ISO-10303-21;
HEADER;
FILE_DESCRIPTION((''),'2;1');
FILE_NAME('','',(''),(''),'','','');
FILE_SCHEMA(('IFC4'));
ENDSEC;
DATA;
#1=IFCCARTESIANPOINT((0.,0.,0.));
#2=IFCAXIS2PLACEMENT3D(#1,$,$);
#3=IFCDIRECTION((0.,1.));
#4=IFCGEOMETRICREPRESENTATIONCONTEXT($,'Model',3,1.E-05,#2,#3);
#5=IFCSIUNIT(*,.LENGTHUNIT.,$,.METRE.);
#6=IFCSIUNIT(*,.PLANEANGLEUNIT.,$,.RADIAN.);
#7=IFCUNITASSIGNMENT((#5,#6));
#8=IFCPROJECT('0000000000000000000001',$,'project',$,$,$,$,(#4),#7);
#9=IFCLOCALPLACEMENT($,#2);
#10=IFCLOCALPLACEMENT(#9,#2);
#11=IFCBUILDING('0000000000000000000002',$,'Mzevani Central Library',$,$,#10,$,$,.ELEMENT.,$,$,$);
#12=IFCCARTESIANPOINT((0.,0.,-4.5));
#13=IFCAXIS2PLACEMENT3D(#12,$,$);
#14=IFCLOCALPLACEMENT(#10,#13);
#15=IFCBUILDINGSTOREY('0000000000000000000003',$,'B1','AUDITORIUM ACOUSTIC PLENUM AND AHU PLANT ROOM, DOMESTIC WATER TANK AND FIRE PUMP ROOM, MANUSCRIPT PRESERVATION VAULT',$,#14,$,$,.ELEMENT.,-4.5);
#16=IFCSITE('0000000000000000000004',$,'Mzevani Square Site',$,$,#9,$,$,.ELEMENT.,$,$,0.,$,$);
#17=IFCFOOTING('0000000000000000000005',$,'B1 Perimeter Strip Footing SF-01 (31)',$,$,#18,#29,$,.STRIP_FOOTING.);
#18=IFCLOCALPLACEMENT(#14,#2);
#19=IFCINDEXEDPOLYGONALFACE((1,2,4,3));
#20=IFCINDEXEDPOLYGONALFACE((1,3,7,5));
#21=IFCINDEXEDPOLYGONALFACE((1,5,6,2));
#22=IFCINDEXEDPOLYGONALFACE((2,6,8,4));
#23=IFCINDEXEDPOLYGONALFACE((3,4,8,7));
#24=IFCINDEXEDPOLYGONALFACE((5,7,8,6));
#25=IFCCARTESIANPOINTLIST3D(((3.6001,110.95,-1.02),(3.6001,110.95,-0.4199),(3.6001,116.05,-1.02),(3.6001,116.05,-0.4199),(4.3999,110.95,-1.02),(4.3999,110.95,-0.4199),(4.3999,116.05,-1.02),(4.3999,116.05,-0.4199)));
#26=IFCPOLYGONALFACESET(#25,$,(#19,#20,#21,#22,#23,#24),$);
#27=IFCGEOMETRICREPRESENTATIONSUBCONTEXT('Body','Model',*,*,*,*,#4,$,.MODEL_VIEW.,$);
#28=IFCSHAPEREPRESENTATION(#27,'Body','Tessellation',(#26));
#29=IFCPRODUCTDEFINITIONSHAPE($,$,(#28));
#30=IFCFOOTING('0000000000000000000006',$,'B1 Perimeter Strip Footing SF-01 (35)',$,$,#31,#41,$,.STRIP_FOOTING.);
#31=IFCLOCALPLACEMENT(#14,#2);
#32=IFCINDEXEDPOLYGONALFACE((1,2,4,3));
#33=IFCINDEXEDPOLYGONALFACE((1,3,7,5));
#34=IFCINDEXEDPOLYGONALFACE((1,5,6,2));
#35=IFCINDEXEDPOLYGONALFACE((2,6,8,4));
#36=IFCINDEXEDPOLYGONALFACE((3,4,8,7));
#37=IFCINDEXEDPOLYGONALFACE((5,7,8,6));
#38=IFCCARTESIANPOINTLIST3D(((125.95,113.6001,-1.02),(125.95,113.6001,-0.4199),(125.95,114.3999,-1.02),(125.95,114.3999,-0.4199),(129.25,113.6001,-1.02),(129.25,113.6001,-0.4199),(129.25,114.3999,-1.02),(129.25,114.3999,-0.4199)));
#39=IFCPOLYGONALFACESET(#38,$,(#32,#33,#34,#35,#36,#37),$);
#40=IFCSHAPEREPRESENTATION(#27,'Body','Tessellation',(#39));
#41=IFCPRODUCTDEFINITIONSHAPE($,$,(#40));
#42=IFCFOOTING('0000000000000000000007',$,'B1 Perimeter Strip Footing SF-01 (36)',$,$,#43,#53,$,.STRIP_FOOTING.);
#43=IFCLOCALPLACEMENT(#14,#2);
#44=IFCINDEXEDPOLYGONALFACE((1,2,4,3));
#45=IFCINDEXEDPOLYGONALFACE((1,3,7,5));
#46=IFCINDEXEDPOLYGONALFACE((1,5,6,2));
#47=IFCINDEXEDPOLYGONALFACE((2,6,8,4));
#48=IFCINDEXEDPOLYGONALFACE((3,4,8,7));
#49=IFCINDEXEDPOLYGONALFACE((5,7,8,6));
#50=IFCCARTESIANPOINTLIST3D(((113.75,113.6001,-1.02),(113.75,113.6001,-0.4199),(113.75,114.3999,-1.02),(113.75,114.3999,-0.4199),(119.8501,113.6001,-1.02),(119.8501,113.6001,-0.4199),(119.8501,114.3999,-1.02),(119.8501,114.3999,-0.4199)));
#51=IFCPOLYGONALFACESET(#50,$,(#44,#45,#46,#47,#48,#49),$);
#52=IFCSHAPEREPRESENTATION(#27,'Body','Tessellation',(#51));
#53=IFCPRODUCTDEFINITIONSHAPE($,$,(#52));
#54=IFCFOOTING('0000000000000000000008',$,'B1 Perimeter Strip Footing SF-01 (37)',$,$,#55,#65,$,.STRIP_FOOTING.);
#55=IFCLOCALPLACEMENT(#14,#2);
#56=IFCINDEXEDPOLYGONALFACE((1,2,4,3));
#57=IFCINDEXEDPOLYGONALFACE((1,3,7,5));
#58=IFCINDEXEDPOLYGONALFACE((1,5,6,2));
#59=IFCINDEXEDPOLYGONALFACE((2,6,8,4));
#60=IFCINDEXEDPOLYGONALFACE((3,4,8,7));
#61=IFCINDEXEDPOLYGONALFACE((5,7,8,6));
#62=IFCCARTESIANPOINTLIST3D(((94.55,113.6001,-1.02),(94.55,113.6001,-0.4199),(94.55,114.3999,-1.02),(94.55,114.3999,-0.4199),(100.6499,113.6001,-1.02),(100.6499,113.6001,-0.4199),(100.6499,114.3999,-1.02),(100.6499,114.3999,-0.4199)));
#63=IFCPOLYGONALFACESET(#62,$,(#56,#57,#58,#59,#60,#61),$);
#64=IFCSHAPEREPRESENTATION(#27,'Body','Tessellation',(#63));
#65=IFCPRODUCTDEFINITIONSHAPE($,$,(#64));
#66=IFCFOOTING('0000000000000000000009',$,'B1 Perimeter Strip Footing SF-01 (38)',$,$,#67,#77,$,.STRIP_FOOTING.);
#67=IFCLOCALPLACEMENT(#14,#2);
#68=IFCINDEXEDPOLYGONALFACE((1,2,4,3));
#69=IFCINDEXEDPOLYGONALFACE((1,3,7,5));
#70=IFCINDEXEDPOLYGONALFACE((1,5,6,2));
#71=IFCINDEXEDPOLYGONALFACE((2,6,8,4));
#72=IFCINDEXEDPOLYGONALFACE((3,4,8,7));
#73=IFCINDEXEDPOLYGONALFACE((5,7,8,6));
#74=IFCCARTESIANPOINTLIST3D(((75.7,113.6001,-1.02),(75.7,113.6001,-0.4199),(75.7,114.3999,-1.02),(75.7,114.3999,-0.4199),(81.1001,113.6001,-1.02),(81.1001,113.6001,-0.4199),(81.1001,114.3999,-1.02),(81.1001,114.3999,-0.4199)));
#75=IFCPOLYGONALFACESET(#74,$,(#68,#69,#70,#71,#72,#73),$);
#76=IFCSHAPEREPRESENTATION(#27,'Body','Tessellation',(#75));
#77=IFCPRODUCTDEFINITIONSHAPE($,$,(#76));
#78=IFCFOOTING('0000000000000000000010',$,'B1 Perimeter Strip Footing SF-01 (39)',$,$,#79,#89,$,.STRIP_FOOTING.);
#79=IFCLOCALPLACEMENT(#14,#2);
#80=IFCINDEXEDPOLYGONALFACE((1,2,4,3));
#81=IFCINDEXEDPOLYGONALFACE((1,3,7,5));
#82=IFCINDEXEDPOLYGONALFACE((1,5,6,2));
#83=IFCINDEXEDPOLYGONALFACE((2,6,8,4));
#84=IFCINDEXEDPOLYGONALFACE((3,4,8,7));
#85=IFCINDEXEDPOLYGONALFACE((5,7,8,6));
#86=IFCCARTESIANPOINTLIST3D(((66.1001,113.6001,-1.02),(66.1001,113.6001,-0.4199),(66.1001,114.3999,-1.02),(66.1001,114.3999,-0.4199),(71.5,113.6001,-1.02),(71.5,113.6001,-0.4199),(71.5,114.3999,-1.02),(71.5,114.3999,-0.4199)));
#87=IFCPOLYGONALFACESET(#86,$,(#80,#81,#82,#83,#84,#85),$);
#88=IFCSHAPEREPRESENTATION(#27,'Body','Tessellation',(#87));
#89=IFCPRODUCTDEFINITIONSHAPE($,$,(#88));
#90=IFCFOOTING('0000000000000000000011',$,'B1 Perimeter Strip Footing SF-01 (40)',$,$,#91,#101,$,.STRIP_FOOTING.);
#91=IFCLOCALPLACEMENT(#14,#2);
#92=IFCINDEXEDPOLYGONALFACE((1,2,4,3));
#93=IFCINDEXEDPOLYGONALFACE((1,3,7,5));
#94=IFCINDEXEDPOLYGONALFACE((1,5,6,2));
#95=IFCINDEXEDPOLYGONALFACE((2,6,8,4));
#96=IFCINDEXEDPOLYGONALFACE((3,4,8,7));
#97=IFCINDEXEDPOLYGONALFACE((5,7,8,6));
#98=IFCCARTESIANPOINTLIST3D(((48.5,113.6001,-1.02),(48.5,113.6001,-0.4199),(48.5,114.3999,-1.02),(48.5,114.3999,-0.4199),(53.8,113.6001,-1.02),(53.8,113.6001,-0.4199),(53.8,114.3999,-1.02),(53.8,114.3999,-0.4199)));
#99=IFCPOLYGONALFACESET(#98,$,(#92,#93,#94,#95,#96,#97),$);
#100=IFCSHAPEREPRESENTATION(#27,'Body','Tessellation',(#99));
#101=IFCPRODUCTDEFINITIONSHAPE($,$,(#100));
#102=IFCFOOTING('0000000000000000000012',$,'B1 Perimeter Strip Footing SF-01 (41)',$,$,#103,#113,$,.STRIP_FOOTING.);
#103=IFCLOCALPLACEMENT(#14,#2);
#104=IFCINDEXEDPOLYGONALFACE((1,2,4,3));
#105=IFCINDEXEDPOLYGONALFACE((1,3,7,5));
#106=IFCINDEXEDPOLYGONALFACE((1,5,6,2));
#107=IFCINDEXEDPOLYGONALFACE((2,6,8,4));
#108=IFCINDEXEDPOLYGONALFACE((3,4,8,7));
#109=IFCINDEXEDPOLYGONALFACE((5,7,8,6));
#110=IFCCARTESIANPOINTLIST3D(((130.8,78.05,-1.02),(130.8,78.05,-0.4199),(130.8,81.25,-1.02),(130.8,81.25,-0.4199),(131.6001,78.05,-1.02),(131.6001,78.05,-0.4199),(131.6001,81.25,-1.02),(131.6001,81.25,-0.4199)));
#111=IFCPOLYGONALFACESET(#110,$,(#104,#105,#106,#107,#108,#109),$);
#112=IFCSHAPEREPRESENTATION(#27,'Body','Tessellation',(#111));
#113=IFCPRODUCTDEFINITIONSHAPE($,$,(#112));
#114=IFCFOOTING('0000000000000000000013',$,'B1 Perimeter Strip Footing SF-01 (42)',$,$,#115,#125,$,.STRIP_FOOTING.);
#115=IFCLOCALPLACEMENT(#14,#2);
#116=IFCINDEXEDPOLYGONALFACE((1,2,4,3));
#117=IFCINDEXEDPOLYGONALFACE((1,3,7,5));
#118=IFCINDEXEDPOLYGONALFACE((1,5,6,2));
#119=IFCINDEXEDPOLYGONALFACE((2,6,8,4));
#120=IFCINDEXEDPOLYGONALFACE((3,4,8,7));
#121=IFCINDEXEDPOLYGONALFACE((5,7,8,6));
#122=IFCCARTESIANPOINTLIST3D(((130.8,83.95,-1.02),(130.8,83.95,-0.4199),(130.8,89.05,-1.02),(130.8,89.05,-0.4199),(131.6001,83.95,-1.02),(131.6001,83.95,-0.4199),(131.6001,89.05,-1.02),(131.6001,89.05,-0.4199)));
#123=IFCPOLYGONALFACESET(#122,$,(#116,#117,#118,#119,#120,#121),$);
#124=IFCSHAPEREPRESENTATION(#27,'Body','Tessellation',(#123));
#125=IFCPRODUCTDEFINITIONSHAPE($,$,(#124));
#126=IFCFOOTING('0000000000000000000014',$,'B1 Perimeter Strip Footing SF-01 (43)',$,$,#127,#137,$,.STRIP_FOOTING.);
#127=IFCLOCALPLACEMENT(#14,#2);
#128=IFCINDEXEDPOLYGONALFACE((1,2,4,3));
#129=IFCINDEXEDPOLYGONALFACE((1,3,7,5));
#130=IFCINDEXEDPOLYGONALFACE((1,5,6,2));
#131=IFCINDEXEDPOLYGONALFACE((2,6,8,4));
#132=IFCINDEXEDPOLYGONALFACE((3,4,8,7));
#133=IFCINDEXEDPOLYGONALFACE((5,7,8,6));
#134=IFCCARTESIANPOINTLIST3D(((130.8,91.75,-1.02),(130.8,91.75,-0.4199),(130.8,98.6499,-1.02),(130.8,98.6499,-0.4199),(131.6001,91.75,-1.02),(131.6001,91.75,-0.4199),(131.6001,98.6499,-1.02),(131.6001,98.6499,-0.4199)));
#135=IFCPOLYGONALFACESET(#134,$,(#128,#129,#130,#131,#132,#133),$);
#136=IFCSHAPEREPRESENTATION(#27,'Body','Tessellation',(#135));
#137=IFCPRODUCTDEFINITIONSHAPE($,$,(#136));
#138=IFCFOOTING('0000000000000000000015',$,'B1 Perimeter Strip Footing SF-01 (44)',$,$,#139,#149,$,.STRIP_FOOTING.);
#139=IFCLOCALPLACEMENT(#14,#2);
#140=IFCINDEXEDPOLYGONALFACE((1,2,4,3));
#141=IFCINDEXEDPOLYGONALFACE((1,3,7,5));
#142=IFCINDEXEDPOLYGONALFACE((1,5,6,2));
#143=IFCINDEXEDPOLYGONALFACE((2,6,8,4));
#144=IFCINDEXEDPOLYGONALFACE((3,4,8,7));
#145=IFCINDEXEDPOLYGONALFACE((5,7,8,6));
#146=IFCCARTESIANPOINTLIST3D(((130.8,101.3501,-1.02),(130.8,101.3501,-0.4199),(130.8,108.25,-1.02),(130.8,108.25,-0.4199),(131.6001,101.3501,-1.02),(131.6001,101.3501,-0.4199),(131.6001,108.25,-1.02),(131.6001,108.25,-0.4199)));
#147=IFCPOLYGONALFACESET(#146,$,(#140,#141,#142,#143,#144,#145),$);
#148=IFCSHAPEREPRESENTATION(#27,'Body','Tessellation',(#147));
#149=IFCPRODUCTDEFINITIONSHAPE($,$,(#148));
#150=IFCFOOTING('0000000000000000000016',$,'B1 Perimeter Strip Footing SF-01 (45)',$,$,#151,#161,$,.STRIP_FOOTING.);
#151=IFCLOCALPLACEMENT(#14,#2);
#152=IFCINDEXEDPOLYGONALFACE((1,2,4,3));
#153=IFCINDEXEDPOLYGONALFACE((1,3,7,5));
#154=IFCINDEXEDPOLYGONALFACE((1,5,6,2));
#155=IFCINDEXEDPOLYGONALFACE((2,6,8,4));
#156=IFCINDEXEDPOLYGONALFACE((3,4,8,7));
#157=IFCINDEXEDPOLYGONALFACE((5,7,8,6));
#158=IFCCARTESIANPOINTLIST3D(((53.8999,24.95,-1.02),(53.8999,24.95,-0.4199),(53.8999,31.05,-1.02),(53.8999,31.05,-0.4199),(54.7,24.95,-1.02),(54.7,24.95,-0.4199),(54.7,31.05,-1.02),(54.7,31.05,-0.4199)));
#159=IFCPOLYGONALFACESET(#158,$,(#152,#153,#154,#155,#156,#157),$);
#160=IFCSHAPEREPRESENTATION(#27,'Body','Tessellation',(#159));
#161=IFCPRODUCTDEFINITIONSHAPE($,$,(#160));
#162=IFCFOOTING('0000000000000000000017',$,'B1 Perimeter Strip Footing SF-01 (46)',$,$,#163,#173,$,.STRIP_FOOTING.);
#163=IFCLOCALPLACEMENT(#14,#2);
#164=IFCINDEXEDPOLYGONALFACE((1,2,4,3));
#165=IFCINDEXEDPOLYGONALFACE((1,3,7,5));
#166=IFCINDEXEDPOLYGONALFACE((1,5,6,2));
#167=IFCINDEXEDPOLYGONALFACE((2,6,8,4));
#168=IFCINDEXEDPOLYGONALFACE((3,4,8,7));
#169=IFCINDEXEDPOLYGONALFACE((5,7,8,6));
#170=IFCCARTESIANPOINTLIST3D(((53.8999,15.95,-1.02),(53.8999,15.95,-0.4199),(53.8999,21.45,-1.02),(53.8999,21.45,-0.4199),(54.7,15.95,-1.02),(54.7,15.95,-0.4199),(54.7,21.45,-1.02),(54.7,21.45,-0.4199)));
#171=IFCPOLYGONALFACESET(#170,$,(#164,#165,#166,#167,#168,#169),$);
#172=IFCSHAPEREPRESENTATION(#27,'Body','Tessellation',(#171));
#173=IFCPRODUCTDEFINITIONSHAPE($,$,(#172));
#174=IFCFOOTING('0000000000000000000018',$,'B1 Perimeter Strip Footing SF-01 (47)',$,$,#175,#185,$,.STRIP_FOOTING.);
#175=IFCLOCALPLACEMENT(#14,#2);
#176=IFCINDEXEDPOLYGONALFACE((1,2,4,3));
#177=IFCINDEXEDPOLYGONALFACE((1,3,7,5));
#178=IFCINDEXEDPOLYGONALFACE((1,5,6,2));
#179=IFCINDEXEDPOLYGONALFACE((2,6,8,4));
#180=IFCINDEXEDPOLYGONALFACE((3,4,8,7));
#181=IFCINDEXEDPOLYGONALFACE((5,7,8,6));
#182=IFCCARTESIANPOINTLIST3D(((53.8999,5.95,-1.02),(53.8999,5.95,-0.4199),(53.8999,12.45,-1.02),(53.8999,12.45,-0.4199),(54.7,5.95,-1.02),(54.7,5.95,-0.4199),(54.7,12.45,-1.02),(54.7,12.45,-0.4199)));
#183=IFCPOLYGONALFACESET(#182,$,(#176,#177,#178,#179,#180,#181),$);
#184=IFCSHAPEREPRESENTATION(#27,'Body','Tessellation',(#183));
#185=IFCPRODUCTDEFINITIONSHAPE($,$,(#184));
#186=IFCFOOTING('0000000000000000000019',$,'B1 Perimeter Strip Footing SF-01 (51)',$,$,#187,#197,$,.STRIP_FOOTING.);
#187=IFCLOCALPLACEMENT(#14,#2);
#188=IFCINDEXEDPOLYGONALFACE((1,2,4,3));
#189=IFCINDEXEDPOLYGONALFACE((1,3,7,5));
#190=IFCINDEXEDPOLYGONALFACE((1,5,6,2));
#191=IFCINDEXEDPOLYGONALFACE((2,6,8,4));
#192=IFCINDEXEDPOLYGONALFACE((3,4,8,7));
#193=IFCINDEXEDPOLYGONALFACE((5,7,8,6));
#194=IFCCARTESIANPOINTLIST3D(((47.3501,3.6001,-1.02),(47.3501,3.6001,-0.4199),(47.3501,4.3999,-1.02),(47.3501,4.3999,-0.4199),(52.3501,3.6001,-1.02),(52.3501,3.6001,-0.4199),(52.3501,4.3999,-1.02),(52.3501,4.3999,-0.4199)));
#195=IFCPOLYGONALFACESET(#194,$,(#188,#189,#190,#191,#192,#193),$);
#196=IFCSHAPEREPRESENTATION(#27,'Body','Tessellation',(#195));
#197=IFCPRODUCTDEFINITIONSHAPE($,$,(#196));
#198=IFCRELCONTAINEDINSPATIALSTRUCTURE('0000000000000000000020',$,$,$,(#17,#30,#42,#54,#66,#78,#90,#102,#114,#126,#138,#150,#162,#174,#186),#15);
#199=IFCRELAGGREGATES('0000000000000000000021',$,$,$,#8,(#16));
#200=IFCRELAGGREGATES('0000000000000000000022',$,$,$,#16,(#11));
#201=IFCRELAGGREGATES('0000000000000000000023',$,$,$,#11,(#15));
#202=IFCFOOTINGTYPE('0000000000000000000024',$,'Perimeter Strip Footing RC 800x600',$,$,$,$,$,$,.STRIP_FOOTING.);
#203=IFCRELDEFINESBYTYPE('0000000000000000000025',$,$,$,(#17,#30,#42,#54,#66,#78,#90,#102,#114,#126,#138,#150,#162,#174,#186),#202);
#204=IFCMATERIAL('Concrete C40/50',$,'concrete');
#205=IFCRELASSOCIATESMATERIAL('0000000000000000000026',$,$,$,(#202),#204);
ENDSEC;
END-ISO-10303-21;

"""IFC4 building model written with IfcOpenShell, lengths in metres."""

from ifc_helpers import new_model, si_unit, direction, frame, origin, place, context, subcontext, project, spatial, polyline, outline, extrude, material, type_object, element, save


model = new_model("IFC4")

# Units and contexts
model_context = context("Model", 3, precision=1e-05, world=origin(), true_north=direction((0.0, 1.0)))
body_context = subcontext(model_context, "Body", "Model", "MODEL_VIEW")
ifc_project = project(units=[si_unit("LENGTHUNIT", "METRE"), si_unit("PLANEANGLEUNIT", "RADIAN")], contexts=[model_context])

# Site, building, storey
site_placement = place(None, origin())
site = spatial("IfcSite", under=ifc_project, at=site_placement, Name="Mzevani Square Site", CompositionType="ELEMENT", RefElevation=0.0)
building_placement = place(site_placement, origin())
building = spatial("IfcBuilding", under=site, at=building_placement, Name="Mzevani Central Library", CompositionType="ELEMENT")
storey_placement = place(building_placement, frame((0.0, 0.0, -4.5)))
storey = spatial("IfcBuildingStorey", under=building, at=storey_placement, Name="B1", Description="AUDITORIUM ACOUSTIC PLENUM AND AHU PLANT ROOM, DOMESTIC WATER TANK AND FIRE PUMP ROOM, MANUSCRIPT PRESERVATION VAULT", CompositionType="ELEMENT", Elevation=-4.5)

# Footings
ifc_material = material(Name="Concrete C40/50", Category="concrete")
footing_type_1 = type_object("IfcFootingType", Name="Perimeter Strip Footing RC 800x600", PredefinedType="STRIP_FOOTING", material=ifc_material)
footing_1_placement = place(storey_placement, frame((0.0, 0.0, -1.02)))
element("IfcFooting", 1, at=footing_1_placement, inside=storey, type_object=footing_type_1, Name="B1 Perimeter Strip Footing SF-01 (31)", PredefinedType="STRIP_FOOTING", context=body_context, shape_type="SweptSolid", body=[
    extrude(outline(polyline([(4.3999, 116.05), (4.3999, 110.95), (3.6001, 110.95), (3.6001, 116.05), (4.3999, 116.05)])), origin(), (0.0, 0.0, 1.0), 0.6001),
])
footing_2_placement = place(storey_placement, frame((0.0, 0.0, -1.02)))
element("IfcFooting", 2, at=footing_2_placement, inside=storey, type_object=footing_type_1, Name="B1 Perimeter Strip Footing SF-01 (35)", PredefinedType="STRIP_FOOTING", context=body_context, shape_type="SweptSolid", body=[
    extrude(outline(polyline([(125.95, 114.3999), (129.25, 114.3999), (129.25, 113.6001), (125.95, 113.6001), (125.95, 114.3999)])), origin(), (0.0, 0.0, 1.0), 0.6001),
])
footing_3_placement = place(storey_placement, frame((0.0, 0.0, -1.02)))
element("IfcFooting", 3, at=footing_3_placement, inside=storey, type_object=footing_type_1, Name="B1 Perimeter Strip Footing SF-01 (36)", PredefinedType="STRIP_FOOTING", context=body_context, shape_type="SweptSolid", body=[
    extrude(outline(polyline([(113.75, 114.3999), (119.8501, 114.3999), (119.8501, 113.6001), (113.75, 113.6001), (113.75, 114.3999)])), origin(), (0.0, 0.0, 1.0), 0.6001),
])
footing_4_placement = place(storey_placement, frame((0.0, 0.0, -1.02)))
element("IfcFooting", 4, at=footing_4_placement, inside=storey, type_object=footing_type_1, Name="B1 Perimeter Strip Footing SF-01 (37)", PredefinedType="STRIP_FOOTING", context=body_context, shape_type="SweptSolid", body=[
    extrude(outline(polyline([(94.55, 114.3999), (100.6499, 114.3999), (100.6499, 113.6001), (94.55, 113.6001), (94.55, 114.3999)])), origin(), (0.0, 0.0, 1.0), 0.6001),
])
footing_5_placement = place(storey_placement, frame((0.0, 0.0, -1.02)))
element("IfcFooting", 5, at=footing_5_placement, inside=storey, type_object=footing_type_1, Name="B1 Perimeter Strip Footing SF-01 (38)", PredefinedType="STRIP_FOOTING", context=body_context, shape_type="SweptSolid", body=[
    extrude(outline(polyline([(75.7, 114.3999), (81.1001, 114.3999), (81.1001, 113.6001), (75.7, 113.6001), (75.7, 114.3999)])), origin(), (0.0, 0.0, 1.0), 0.6001),
])
footing_6_placement = place(storey_placement, frame((0.0, 0.0, -1.02)))
element("IfcFooting", 6, at=footing_6_placement, inside=storey, type_object=footing_type_1, Name="B1 Perimeter Strip Footing SF-01 (39)", PredefinedType="STRIP_FOOTING", context=body_context, shape_type="SweptSolid", body=[
    extrude(outline(polyline([(66.1001, 114.3999), (71.5, 114.3999), (71.5, 113.6001), (66.1001, 113.6001), (66.1001, 114.3999)])), origin(), (0.0, 0.0, 1.0), 0.6001),
])
footing_7_placement = place(storey_placement, frame((0.0, 0.0, -1.02)))
element("IfcFooting", 7, at=footing_7_placement, inside=storey, type_object=footing_type_1, Name="B1 Perimeter Strip Footing SF-01 (40)", PredefinedType="STRIP_FOOTING", context=body_context, shape_type="SweptSolid", body=[
    extrude(outline(polyline([(48.5, 114.3999), (53.8, 114.3999), (53.8, 113.6001), (48.5, 113.6001), (48.5, 114.3999)])), origin(), (0.0, 0.0, 1.0), 0.6001),
])
footing_8_placement = place(storey_placement, frame((0.0, 0.0, -1.02)))
element("IfcFooting", 8, at=footing_8_placement, inside=storey, type_object=footing_type_1, Name="B1 Perimeter Strip Footing SF-01 (41)", PredefinedType="STRIP_FOOTING", context=body_context, shape_type="SweptSolid", body=[
    extrude(outline(polyline([(131.6001, 81.25), (131.6001, 78.05), (130.8, 78.05), (130.8, 81.25), (131.6001, 81.25)])), origin(), (0.0, 0.0, 1.0), 0.6001),
])
footing_9_placement = place(storey_placement, frame((0.0, 0.0, -1.02)))
element("IfcFooting", 9, at=footing_9_placement, inside=storey, type_object=footing_type_1, Name="B1 Perimeter Strip Footing SF-01 (42)", PredefinedType="STRIP_FOOTING", context=body_context, shape_type="SweptSolid", body=[
    extrude(outline(polyline([(131.6001, 89.05), (131.6001, 83.95), (130.8, 83.95), (130.8, 89.05), (131.6001, 89.05)])), origin(), (0.0, 0.0, 1.0), 0.6001),
])
footing_10_placement = place(storey_placement, frame((0.0, 0.0, -1.02)))
element("IfcFooting", 10, at=footing_10_placement, inside=storey, type_object=footing_type_1, Name="B1 Perimeter Strip Footing SF-01 (43)", PredefinedType="STRIP_FOOTING", context=body_context, shape_type="SweptSolid", body=[
    extrude(outline(polyline([(131.6001, 98.6499), (131.6001, 91.75), (130.8, 91.75), (130.8, 98.6499), (131.6001, 98.6499)])), origin(), (0.0, 0.0, 1.0), 0.6001),
])
footing_11_placement = place(storey_placement, frame((0.0, 0.0, -1.02)))
element("IfcFooting", 11, at=footing_11_placement, inside=storey, type_object=footing_type_1, Name="B1 Perimeter Strip Footing SF-01 (44)", PredefinedType="STRIP_FOOTING", context=body_context, shape_type="SweptSolid", body=[
    extrude(outline(polyline([(131.6001, 108.25), (131.6001, 101.3501), (130.8, 101.3501), (130.8, 108.25), (131.6001, 108.25)])), origin(), (0.0, 0.0, 1.0), 0.6001),
])
footing_12_placement = place(storey_placement, frame((0.0, 0.0, -1.02)))
element("IfcFooting", 12, at=footing_12_placement, inside=storey, type_object=footing_type_1, Name="B1 Perimeter Strip Footing SF-01 (45)", PredefinedType="STRIP_FOOTING", context=body_context, shape_type="SweptSolid", body=[
    extrude(outline(polyline([(53.8999, 24.95), (53.8999, 31.05), (54.7, 31.05), (54.7, 24.95), (53.8999, 24.95)])), origin(), (0.0, 0.0, 1.0), 0.6001),
])
footing_13_placement = place(storey_placement, frame((0.0, 0.0, -1.02)))
element("IfcFooting", 13, at=footing_13_placement, inside=storey, type_object=footing_type_1, Name="B1 Perimeter Strip Footing SF-01 (46)", PredefinedType="STRIP_FOOTING", context=body_context, shape_type="SweptSolid", body=[
    extrude(outline(polyline([(53.8999, 15.95), (53.8999, 21.45), (54.7, 21.45), (54.7, 15.95), (53.8999, 15.95)])), origin(), (0.0, 0.0, 1.0), 0.6001),
])
footing_14_placement = place(storey_placement, frame((0.0, 0.0, -1.02)))
element("IfcFooting", 14, at=footing_14_placement, inside=storey, type_object=footing_type_1, Name="B1 Perimeter Strip Footing SF-01 (47)", PredefinedType="STRIP_FOOTING", context=body_context, shape_type="SweptSolid", body=[
    extrude(outline(polyline([(53.8999, 5.95), (53.8999, 12.45), (54.7, 12.45), (54.7, 5.95), (53.8999, 5.95)])), origin(), (0.0, 0.0, 1.0), 0.6001),
])
footing_15_placement = place(storey_placement, frame((0.0, 0.0, -1.02)))
element("IfcFooting", 15, at=footing_15_placement, inside=storey, type_object=footing_type_1, Name="B1 Perimeter Strip Footing SF-01 (51)", PredefinedType="STRIP_FOOTING", context=body_context, shape_type="SweptSolid", body=[
    extrude(outline(polyline([(47.3501, 4.3999), (52.3501, 4.3999), (52.3501, 3.6001), (47.3501, 3.6001), (47.3501, 4.3999)])), origin(), (0.0, 0.0, 1.0), 0.6001),
])

save(model, "model.ifc")
